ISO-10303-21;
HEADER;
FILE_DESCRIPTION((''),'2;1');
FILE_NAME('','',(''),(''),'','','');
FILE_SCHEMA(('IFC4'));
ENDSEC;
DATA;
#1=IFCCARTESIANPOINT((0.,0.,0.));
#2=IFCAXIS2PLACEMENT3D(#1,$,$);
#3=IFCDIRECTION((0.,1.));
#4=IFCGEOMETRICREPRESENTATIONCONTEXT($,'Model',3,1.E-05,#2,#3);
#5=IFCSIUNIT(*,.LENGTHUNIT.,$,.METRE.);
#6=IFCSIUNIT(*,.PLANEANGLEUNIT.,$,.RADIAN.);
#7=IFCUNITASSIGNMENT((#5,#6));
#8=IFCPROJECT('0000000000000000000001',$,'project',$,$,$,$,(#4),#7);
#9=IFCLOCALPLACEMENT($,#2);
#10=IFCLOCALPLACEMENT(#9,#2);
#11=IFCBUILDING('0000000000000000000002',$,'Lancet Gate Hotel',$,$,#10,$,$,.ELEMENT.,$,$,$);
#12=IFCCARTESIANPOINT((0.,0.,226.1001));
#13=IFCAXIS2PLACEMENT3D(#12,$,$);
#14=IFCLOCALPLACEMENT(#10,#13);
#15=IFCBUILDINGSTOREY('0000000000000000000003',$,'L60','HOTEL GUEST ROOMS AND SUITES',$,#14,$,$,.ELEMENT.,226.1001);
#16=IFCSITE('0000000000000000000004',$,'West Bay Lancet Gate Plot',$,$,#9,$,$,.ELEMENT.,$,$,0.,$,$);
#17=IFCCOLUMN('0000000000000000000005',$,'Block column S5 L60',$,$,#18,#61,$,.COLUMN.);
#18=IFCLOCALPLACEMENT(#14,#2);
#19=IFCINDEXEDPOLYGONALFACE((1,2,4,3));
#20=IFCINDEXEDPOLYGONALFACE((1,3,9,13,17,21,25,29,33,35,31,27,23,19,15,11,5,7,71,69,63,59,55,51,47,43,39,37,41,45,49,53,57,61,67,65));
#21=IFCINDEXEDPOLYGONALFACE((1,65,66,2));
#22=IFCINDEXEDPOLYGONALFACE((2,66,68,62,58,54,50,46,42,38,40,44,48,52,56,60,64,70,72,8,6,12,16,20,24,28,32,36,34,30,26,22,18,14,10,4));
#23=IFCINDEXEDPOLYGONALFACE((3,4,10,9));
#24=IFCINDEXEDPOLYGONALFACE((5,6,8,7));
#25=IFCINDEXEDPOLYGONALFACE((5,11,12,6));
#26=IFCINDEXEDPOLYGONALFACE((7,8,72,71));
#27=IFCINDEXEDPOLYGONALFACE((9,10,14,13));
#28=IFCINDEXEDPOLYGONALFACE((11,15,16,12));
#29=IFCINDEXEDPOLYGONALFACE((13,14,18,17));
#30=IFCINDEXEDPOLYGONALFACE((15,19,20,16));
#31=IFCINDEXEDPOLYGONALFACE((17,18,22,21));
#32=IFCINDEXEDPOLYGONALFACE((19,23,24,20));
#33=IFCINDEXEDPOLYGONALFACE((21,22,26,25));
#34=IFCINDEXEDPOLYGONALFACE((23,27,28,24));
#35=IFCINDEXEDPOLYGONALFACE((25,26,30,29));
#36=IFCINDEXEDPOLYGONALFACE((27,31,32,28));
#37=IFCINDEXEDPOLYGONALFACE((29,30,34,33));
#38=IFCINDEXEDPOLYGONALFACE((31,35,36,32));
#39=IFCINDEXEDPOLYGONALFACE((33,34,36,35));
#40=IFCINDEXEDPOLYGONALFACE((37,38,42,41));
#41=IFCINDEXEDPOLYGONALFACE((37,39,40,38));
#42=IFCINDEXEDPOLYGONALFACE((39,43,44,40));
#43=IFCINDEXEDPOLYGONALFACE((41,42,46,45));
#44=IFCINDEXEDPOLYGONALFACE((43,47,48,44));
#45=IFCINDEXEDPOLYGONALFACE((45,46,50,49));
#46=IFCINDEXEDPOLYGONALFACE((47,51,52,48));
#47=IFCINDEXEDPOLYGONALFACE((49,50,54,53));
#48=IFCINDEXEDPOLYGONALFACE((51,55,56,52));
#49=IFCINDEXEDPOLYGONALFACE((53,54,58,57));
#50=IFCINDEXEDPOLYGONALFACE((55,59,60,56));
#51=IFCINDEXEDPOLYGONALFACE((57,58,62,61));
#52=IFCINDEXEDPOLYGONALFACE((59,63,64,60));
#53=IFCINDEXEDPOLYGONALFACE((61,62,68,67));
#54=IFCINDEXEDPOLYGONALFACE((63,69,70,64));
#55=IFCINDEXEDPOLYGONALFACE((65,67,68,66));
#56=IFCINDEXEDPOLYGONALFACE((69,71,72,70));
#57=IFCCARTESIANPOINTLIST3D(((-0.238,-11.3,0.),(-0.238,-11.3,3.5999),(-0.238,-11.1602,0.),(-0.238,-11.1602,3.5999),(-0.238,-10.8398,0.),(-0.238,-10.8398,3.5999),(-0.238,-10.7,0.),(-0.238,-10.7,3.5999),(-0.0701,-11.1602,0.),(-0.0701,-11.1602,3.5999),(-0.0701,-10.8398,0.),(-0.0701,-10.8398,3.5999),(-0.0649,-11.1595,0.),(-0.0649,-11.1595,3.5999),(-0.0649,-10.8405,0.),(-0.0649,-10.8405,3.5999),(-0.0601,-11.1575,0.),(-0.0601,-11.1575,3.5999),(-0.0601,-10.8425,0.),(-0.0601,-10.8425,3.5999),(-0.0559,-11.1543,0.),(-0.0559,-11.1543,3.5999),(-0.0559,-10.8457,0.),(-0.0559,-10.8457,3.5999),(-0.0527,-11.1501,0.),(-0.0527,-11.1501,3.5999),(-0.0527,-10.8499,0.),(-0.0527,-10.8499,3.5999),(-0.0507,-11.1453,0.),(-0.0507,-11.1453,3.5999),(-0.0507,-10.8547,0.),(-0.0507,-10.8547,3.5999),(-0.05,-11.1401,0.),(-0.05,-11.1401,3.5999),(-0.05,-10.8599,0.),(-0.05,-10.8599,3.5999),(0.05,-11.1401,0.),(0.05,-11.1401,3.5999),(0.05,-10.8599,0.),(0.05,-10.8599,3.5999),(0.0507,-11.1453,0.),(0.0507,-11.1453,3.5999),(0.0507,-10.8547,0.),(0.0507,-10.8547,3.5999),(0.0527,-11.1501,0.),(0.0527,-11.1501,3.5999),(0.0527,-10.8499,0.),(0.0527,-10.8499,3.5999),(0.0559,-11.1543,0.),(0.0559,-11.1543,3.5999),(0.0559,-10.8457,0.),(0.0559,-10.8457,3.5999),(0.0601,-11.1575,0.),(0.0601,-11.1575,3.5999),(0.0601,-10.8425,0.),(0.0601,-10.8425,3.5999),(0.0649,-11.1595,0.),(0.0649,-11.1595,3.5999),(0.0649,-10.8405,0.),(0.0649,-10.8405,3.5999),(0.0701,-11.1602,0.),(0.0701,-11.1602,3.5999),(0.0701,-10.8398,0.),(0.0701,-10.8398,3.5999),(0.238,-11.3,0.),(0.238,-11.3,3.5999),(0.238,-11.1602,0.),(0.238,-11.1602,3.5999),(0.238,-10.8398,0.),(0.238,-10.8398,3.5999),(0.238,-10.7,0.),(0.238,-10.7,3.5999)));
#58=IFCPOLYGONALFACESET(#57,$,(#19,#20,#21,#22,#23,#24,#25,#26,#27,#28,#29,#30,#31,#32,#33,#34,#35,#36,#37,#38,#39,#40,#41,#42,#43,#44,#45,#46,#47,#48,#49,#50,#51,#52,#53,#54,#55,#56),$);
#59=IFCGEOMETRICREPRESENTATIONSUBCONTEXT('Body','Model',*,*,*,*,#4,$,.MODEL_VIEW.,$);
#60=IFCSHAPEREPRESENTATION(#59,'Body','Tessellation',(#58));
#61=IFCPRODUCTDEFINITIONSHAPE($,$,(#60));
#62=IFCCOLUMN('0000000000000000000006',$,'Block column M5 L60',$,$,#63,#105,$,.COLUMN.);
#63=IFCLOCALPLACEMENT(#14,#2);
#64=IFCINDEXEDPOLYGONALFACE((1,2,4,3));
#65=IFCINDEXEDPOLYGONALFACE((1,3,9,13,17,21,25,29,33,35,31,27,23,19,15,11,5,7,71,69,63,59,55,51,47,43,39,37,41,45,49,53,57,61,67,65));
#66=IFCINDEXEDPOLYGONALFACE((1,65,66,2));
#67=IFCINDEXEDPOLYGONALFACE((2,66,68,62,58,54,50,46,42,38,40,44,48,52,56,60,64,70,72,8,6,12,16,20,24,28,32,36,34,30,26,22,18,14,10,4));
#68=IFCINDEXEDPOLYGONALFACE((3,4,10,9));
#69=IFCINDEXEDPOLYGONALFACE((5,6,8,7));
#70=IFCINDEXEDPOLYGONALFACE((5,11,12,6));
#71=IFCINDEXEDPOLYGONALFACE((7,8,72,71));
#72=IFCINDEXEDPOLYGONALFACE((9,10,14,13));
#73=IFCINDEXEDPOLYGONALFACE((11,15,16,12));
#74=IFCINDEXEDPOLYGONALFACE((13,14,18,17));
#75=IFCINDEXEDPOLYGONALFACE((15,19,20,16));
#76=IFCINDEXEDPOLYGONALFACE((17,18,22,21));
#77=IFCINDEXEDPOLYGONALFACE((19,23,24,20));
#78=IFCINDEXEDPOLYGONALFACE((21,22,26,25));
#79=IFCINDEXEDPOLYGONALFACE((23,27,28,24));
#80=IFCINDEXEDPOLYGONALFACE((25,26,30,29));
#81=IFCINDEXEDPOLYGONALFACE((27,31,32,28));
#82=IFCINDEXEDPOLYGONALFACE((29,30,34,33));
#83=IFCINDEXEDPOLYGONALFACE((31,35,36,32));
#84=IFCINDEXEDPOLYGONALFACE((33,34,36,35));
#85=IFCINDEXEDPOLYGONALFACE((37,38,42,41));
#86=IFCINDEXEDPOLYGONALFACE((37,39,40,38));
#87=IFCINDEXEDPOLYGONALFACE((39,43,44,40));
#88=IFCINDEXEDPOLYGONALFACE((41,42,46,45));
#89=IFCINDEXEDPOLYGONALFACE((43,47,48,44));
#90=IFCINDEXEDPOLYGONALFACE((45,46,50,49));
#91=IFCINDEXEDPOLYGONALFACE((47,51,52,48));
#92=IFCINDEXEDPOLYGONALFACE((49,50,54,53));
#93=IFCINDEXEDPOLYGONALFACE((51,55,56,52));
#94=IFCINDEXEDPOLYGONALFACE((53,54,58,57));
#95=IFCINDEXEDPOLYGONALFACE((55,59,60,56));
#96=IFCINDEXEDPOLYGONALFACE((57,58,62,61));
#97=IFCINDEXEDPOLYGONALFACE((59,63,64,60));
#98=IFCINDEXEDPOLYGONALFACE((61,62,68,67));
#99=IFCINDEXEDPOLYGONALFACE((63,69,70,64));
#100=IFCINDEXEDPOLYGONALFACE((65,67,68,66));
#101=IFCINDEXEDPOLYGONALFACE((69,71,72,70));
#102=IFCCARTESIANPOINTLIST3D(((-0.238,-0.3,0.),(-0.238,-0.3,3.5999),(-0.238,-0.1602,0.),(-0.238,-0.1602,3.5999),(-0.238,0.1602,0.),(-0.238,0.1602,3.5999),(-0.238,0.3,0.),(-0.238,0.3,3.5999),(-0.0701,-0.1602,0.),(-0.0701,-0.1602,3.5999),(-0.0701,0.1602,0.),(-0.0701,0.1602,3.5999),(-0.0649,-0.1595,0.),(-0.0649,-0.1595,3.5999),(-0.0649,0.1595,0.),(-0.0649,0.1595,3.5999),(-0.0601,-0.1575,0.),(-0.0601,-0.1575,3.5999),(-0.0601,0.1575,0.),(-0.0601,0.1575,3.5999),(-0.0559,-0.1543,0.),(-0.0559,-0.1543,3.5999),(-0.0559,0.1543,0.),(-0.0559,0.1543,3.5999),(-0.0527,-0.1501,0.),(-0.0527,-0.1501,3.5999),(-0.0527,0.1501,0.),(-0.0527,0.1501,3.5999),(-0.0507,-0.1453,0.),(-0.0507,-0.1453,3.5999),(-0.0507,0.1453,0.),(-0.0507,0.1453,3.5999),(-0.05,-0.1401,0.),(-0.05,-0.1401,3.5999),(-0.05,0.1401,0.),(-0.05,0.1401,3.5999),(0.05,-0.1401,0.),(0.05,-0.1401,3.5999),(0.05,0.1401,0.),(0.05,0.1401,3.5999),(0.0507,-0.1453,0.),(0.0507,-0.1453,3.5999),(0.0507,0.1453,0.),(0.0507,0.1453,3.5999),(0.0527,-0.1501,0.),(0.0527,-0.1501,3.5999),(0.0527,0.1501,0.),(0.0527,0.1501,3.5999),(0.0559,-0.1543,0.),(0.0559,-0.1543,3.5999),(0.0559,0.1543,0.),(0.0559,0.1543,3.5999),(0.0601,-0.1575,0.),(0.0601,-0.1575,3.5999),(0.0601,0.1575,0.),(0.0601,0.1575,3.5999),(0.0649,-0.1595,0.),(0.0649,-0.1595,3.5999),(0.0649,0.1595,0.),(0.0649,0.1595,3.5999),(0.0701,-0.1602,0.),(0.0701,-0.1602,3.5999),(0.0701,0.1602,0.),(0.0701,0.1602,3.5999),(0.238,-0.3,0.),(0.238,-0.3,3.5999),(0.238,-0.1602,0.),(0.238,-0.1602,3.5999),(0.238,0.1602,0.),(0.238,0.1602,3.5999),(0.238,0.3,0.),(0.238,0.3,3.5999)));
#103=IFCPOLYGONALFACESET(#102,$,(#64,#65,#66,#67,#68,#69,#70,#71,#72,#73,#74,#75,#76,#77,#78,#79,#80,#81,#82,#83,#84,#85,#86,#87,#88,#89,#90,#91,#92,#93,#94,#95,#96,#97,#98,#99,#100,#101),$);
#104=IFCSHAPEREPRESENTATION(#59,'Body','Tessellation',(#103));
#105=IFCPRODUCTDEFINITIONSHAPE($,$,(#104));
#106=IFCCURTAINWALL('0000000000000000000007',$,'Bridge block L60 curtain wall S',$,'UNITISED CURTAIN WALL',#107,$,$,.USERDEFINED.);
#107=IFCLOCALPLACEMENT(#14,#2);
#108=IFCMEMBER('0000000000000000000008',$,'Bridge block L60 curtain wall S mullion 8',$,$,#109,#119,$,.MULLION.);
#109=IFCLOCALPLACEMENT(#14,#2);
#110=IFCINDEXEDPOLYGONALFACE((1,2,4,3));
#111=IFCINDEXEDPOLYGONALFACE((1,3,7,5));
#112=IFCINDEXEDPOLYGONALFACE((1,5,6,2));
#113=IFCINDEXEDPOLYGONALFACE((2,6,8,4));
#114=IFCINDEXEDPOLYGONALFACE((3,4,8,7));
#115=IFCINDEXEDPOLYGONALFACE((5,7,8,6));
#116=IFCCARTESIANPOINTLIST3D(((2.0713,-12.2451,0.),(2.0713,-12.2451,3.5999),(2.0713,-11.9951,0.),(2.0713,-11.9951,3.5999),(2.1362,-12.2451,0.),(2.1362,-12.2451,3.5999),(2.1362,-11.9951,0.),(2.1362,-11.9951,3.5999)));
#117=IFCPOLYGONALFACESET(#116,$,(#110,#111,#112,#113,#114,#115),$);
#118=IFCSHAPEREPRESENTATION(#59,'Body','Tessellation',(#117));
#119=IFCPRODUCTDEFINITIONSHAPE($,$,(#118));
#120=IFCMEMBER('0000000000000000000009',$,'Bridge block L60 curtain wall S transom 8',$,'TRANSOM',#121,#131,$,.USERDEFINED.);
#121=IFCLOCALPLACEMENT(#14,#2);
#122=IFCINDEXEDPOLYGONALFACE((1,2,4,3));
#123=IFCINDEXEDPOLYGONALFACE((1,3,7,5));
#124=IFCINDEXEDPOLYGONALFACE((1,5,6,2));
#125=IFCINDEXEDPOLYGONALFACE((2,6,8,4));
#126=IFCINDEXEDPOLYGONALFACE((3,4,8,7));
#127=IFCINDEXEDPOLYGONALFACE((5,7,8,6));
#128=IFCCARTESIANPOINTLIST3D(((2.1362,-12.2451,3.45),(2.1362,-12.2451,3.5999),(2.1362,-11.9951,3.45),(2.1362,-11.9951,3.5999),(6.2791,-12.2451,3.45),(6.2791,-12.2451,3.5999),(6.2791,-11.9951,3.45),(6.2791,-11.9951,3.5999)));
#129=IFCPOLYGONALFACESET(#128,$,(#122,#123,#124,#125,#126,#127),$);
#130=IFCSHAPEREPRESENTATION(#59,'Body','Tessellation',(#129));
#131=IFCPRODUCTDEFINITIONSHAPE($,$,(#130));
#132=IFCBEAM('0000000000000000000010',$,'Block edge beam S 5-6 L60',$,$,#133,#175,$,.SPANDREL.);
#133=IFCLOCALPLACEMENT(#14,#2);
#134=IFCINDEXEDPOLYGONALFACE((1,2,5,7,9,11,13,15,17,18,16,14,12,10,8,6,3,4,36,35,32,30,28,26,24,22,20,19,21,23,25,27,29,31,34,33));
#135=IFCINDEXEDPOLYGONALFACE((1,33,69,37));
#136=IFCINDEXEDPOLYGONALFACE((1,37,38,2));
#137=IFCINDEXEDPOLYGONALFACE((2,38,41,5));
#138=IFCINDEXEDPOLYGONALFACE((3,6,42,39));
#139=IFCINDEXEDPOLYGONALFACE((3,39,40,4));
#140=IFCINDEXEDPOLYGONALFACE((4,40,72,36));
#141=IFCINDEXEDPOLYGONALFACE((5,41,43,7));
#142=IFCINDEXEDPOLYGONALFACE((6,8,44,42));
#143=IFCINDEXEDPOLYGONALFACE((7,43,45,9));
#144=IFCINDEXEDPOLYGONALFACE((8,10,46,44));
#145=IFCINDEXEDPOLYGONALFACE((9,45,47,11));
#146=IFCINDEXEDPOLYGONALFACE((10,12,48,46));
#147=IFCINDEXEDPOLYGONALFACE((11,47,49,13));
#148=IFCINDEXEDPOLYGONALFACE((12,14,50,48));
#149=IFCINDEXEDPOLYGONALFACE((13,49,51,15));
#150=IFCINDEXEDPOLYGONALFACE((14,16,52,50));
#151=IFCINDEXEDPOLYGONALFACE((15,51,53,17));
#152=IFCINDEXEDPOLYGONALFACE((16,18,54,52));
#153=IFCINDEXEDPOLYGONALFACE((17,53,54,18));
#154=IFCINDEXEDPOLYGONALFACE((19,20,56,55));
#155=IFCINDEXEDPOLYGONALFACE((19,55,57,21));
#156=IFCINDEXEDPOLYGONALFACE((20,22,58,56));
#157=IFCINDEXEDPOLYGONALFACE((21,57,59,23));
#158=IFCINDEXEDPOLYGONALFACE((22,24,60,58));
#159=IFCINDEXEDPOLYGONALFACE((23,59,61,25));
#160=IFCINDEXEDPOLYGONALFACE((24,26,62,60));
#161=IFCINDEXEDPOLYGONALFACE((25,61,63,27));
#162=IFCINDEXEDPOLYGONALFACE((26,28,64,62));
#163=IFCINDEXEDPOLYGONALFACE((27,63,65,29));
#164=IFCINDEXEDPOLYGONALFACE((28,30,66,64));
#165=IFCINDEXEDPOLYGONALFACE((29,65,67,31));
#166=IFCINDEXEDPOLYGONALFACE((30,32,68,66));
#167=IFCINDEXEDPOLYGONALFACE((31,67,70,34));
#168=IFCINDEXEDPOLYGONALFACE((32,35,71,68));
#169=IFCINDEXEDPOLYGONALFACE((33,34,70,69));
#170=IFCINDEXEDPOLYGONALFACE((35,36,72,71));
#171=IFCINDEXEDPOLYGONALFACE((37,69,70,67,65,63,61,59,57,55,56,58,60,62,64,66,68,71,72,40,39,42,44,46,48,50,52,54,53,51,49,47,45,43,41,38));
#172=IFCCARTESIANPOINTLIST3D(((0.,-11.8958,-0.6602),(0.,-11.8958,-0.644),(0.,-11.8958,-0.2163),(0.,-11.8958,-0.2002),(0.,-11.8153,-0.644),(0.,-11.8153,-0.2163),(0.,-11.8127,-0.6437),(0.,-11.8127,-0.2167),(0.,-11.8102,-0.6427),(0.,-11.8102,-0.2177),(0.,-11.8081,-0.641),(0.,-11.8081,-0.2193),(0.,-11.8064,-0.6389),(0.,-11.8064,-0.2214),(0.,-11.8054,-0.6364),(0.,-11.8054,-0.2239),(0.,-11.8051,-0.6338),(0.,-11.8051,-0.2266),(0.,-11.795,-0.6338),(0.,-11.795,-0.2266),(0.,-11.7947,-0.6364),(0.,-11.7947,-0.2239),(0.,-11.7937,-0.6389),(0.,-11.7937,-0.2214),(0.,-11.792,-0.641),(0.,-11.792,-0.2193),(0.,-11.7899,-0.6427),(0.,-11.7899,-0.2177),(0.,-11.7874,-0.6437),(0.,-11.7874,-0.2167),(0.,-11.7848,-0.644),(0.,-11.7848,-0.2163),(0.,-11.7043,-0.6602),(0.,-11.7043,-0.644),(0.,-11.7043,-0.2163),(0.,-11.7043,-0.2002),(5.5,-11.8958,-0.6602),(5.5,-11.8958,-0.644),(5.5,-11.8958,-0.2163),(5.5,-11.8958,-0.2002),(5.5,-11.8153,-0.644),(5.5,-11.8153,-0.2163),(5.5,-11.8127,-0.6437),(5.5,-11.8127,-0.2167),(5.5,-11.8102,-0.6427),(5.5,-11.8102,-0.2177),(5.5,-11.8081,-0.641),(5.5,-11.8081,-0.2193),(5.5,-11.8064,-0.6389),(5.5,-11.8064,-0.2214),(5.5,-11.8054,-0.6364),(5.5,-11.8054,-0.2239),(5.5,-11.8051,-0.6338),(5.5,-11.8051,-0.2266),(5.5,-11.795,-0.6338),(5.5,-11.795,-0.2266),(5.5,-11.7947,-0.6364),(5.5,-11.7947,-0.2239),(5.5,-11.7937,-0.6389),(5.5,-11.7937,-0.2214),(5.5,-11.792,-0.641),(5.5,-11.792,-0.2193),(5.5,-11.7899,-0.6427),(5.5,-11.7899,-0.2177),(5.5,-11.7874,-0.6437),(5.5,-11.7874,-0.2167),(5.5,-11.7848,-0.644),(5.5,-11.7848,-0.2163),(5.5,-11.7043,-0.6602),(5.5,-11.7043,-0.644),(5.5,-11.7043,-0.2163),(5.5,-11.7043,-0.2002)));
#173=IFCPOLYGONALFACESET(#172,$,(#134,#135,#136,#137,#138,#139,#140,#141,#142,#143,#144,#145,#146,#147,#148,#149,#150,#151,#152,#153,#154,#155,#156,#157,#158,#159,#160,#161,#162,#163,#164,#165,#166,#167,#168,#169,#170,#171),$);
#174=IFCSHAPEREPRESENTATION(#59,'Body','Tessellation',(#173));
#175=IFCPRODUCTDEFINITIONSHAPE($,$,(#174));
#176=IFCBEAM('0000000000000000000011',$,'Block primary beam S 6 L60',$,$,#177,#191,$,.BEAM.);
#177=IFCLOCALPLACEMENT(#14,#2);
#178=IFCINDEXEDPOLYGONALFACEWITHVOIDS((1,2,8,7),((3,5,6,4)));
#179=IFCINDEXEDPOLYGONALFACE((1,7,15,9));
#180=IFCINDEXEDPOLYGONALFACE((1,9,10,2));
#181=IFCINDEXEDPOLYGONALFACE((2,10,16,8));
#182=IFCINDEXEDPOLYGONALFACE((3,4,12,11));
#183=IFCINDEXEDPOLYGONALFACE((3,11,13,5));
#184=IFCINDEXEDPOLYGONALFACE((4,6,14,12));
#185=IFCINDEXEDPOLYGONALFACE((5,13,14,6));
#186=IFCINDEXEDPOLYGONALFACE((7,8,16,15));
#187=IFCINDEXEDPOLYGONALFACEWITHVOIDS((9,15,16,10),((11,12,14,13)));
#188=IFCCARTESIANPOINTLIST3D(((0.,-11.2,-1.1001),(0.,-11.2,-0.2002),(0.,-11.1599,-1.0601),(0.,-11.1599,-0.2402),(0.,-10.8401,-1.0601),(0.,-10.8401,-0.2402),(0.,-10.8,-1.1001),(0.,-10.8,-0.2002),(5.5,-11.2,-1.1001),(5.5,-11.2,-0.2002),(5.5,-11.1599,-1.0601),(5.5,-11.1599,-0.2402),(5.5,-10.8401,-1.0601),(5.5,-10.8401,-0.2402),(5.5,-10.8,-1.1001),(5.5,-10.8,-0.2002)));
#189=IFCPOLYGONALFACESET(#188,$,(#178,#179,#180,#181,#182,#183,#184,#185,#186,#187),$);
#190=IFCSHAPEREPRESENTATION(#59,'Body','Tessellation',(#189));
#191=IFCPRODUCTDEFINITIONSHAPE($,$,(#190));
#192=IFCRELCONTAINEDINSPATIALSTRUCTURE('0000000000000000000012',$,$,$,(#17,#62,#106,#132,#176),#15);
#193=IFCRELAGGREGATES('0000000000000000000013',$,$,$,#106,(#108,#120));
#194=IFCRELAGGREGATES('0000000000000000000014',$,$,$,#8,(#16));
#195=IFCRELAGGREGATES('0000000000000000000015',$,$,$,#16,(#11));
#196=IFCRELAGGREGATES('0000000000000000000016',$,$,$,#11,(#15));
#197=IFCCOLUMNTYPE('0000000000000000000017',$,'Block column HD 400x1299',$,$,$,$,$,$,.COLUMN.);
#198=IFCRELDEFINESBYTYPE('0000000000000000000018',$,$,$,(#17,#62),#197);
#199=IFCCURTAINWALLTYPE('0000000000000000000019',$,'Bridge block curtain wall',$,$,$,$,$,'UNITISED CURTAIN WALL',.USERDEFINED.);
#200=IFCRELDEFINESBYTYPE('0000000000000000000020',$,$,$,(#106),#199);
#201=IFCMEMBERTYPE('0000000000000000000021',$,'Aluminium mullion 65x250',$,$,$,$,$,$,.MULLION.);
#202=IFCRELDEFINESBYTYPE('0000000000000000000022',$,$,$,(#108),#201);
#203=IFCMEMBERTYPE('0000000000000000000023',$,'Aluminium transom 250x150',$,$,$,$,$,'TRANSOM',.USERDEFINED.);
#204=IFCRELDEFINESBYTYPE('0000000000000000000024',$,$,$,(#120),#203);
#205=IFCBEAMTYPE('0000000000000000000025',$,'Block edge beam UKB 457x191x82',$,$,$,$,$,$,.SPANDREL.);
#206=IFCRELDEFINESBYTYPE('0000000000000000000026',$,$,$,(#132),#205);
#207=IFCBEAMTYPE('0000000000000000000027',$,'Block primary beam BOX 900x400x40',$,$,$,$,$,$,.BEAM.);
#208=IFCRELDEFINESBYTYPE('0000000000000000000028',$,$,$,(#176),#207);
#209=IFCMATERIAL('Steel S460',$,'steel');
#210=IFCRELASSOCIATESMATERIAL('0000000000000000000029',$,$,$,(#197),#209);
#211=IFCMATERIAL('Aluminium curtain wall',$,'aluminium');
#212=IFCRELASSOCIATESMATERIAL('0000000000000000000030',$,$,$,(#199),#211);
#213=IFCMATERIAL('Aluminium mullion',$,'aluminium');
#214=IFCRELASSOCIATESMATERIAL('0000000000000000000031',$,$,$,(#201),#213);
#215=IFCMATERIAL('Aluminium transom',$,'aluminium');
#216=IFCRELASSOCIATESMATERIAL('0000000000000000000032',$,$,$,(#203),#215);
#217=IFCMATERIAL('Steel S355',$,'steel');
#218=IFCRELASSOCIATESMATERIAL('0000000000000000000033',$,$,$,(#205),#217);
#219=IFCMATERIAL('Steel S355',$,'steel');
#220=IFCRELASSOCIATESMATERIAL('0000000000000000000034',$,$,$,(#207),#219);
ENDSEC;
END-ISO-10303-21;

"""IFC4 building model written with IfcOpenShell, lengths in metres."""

from ifc_helpers import new_model, si_unit, direction, frame, origin, origin_2d, place, context, subcontext, project, spatial, rectangle, hollow_rectangle, i_section, extrude, material, material_profile, profile_set, type_object, element, aggregate, save


model = new_model("IFC4")

# Units and contexts
model_context = context("Model", 3, precision=1e-05, world=origin(), true_north=direction((0.0, 1.0)))
body_context = subcontext(model_context, "Body", "Model", "MODEL_VIEW")
ifc_project = project(units=[si_unit("LENGTHUNIT", "METRE"), si_unit("PLANEANGLEUNIT", "RADIAN")], contexts=[model_context])

# Site, building, storey
site_placement = place(None, origin())
site = spatial("IfcSite", under=ifc_project, at=site_placement, Name="West Bay Lancet Gate Plot", CompositionType="ELEMENT", RefElevation=0.0)
building_placement = place(site_placement, origin())
building = spatial("IfcBuilding", under=site, at=building_placement, Name="Lancet Gate Hotel", CompositionType="ELEMENT")
storey_placement = place(building_placement, frame((0.0, 0.0, 226.1001)))
storey = spatial("IfcBuildingStorey", under=building, at=storey_placement, Name="L60", Description="HOTEL GUEST ROOMS AND SUITES", CompositionType="ELEMENT", Elevation=226.1001)

# Columns
ifc_material_1 = material(Name="Steel S460", Category="steel")
ifc_material_profile_1 = material_profile(ifc_material_1, i_section(OverallWidth=0.4761, OverallDepth=0.6001, WebThickness=0.1001, FlangeThickness=0.1399, FilletRadius=0.02, at=origin_2d()), Name="HD 400x1299")
ifc_profile_set_1 = profile_set([ifc_material_profile_1], Name="Steel S460")
column_type = type_object("IfcColumnType", Name="Block column HD 400x1299", PredefinedType="COLUMN", material=ifc_profile_set_1)
for number, where, z_axis, x_axis, name in (
    (1, (0.0, -11.0, 0.0), (0.0, 0.0, 1.0), (1.0, 0.0, 0.0), "Block column S5 L60"),
    (2, (0.0, 0.0, 0.0), (0.0, 0.0, 1.0), (1.0, 0.0, 0.0), "Block column M5 L60"),
):
    element("IfcColumn", number, at=place(storey_placement, frame(where, z_axis=z_axis, x_axis=x_axis)), inside=storey, type_object=column_type, Name=name, PredefinedType="COLUMN", context=body_context, shape_type="SweptSolid", body=[
        extrude(i_section(OverallWidth=0.4761, OverallDepth=0.6001, WebThickness=0.1001, FlangeThickness=0.1399, FilletRadius=0.02, at=origin_2d()), origin(), (0.0, 0.0, 1.0), 3.5999),
    ])

# Curtain wall, members
ifc_material_2 = material(Name="Aluminium curtain wall", Category="aluminium")
curtain_wall_type = type_object("IfcCurtainWallType", Name="Bridge block curtain wall", ElementType="UNITISED CURTAIN WALL", PredefinedType="USERDEFINED", material=ifc_material_2)
curtain_wall_placement = place(storey_placement, origin())
curtain_wall = element("IfcCurtainWall", 3, at=curtain_wall_placement, inside=storey, type_object=curtain_wall_type, Name="Bridge block L60 curtain wall S", ObjectType="UNITISED CURTAIN WALL", PredefinedType="USERDEFINED")
ifc_material_3 = material(Name="Aluminium mullion", Category="aluminium")
ifc_material_profile_2 = material_profile(ifc_material_3, rectangle(XDim=0.0649, YDim=0.25, at=origin_2d()), Name="MULLION 65x250")
ifc_profile_set_2 = profile_set([ifc_material_profile_2], Name="Aluminium mullion")
member_type_1 = type_object("IfcMemberType", Name="Aluminium mullion 65x250", PredefinedType="MULLION", material=ifc_profile_set_2)
member_1_placement = place(storey_placement, frame((2.1038, -12.1201, 0.0), z_axis=(0.0, 0.0, 1.0), x_axis=(1.0, 0.0, 0.0)))
member_1 = element("IfcMember", 4, at=member_1_placement, type_object=member_type_1, Name="Bridge block L60 curtain wall S mullion 8", PredefinedType="MULLION", context=body_context, shape_type="SweptSolid", body=[
    extrude(rectangle(XDim=0.0649, YDim=0.25, at=origin_2d()), origin(), (0.0, 0.0, 1.0), 3.5999),
])
ifc_material_4 = material(Name="Aluminium transom", Category="aluminium")
ifc_material_profile_3 = material_profile(ifc_material_4, rectangle(XDim=0.25, YDim=0.1499, at=origin_2d()), Name="TRANSOM 250x150")
ifc_profile_set_3 = profile_set([ifc_material_profile_3], Name="Aluminium transom")
member_type_2 = type_object("IfcMemberType", Name="Aluminium transom 250x150", ElementType="TRANSOM", PredefinedType="USERDEFINED", material=ifc_profile_set_3)
member_2_placement = place(storey_placement, frame((2.1362, -12.1201, 3.5249), z_axis=(1.0, 0.0, 0.0), x_axis=(0.0, 1.0, 0.0)))
member_2 = element("IfcMember", 5, at=member_2_placement, type_object=member_type_2, Name="Bridge block L60 curtain wall S transom 8", ObjectType="TRANSOM", PredefinedType="USERDEFINED", context=body_context, shape_type="SweptSolid", body=[
    extrude(rectangle(XDim=0.25, YDim=0.1499, at=origin_2d()), origin(), (0.0, 0.0, 1.0), 4.1428),
])

# Beams
ifc_material_5 = material(Name="Steel S355", Category="steel")
ifc_material_profile_4 = material_profile(ifc_material_5, i_section(OverallWidth=0.1914, OverallDepth=0.46, WebThickness=0.01, FlangeThickness=0.0161, FilletRadius=0.0103, at=origin_2d()), Name="UKB 457x191x82")
ifc_profile_set_4 = profile_set([ifc_material_profile_4], Name="Steel S355")
beam_type_1 = type_object("IfcBeamType", Name="Block edge beam UKB 457x191x82", PredefinedType="SPANDREL", material=ifc_profile_set_4)
beam_1_placement = place(storey_placement, frame((0.0, -11.8, -0.4302), z_axis=(1.0, 0.0, 0.0), x_axis=(0.0, 1.0, 0.0)))
element("IfcBeam", 6, at=beam_1_placement, inside=storey, type_object=beam_type_1, Name="Block edge beam S 5-6 L60", PredefinedType="SPANDREL", context=body_context, shape_type="SweptSolid", body=[
    extrude(i_section(OverallWidth=0.1914, OverallDepth=0.46, WebThickness=0.01, FlangeThickness=0.0161, FilletRadius=0.0103, at=origin_2d()), origin(), (0.0, 0.0, 1.0), 5.5),
])
ifc_material_6 = material(Name="Steel S355", Category="steel")
ifc_material_profile_5 = material_profile(ifc_material_6, hollow_rectangle(XDim=0.3999, YDim=0.8999, WallThickness=0.04, at=origin_2d()), Name="BOX 900x400x40")
ifc_profile_set_5 = profile_set([ifc_material_profile_5], Name="Steel S355")
beam_type_2 = type_object("IfcBeamType", Name="Block primary beam BOX 900x400x40", PredefinedType="BEAM", material=ifc_profile_set_5)
for number, where, z_axis, x_axis, name in (
    (7, (0.0, -11.0, -0.6501), (1.0, 0.0, 0.0), (0.0, 1.0, 0.0), "Block primary beam S 6 L60"),
):
    element("IfcBeam", number, at=place(storey_placement, frame(where, z_axis=z_axis, x_axis=x_axis)), inside=storey, type_object=beam_type_2, Name=name, PredefinedType="BEAM", context=body_context, shape_type="SweptSolid", body=[
        extrude(hollow_rectangle(XDim=0.3999, YDim=0.8999, WallThickness=0.04, at=origin_2d()), origin(), (0.0, 0.0, 1.0), 5.5),
    ])

aggregate(curtain_wall, [member_1, member_2])

save(model, "model.ifc")
